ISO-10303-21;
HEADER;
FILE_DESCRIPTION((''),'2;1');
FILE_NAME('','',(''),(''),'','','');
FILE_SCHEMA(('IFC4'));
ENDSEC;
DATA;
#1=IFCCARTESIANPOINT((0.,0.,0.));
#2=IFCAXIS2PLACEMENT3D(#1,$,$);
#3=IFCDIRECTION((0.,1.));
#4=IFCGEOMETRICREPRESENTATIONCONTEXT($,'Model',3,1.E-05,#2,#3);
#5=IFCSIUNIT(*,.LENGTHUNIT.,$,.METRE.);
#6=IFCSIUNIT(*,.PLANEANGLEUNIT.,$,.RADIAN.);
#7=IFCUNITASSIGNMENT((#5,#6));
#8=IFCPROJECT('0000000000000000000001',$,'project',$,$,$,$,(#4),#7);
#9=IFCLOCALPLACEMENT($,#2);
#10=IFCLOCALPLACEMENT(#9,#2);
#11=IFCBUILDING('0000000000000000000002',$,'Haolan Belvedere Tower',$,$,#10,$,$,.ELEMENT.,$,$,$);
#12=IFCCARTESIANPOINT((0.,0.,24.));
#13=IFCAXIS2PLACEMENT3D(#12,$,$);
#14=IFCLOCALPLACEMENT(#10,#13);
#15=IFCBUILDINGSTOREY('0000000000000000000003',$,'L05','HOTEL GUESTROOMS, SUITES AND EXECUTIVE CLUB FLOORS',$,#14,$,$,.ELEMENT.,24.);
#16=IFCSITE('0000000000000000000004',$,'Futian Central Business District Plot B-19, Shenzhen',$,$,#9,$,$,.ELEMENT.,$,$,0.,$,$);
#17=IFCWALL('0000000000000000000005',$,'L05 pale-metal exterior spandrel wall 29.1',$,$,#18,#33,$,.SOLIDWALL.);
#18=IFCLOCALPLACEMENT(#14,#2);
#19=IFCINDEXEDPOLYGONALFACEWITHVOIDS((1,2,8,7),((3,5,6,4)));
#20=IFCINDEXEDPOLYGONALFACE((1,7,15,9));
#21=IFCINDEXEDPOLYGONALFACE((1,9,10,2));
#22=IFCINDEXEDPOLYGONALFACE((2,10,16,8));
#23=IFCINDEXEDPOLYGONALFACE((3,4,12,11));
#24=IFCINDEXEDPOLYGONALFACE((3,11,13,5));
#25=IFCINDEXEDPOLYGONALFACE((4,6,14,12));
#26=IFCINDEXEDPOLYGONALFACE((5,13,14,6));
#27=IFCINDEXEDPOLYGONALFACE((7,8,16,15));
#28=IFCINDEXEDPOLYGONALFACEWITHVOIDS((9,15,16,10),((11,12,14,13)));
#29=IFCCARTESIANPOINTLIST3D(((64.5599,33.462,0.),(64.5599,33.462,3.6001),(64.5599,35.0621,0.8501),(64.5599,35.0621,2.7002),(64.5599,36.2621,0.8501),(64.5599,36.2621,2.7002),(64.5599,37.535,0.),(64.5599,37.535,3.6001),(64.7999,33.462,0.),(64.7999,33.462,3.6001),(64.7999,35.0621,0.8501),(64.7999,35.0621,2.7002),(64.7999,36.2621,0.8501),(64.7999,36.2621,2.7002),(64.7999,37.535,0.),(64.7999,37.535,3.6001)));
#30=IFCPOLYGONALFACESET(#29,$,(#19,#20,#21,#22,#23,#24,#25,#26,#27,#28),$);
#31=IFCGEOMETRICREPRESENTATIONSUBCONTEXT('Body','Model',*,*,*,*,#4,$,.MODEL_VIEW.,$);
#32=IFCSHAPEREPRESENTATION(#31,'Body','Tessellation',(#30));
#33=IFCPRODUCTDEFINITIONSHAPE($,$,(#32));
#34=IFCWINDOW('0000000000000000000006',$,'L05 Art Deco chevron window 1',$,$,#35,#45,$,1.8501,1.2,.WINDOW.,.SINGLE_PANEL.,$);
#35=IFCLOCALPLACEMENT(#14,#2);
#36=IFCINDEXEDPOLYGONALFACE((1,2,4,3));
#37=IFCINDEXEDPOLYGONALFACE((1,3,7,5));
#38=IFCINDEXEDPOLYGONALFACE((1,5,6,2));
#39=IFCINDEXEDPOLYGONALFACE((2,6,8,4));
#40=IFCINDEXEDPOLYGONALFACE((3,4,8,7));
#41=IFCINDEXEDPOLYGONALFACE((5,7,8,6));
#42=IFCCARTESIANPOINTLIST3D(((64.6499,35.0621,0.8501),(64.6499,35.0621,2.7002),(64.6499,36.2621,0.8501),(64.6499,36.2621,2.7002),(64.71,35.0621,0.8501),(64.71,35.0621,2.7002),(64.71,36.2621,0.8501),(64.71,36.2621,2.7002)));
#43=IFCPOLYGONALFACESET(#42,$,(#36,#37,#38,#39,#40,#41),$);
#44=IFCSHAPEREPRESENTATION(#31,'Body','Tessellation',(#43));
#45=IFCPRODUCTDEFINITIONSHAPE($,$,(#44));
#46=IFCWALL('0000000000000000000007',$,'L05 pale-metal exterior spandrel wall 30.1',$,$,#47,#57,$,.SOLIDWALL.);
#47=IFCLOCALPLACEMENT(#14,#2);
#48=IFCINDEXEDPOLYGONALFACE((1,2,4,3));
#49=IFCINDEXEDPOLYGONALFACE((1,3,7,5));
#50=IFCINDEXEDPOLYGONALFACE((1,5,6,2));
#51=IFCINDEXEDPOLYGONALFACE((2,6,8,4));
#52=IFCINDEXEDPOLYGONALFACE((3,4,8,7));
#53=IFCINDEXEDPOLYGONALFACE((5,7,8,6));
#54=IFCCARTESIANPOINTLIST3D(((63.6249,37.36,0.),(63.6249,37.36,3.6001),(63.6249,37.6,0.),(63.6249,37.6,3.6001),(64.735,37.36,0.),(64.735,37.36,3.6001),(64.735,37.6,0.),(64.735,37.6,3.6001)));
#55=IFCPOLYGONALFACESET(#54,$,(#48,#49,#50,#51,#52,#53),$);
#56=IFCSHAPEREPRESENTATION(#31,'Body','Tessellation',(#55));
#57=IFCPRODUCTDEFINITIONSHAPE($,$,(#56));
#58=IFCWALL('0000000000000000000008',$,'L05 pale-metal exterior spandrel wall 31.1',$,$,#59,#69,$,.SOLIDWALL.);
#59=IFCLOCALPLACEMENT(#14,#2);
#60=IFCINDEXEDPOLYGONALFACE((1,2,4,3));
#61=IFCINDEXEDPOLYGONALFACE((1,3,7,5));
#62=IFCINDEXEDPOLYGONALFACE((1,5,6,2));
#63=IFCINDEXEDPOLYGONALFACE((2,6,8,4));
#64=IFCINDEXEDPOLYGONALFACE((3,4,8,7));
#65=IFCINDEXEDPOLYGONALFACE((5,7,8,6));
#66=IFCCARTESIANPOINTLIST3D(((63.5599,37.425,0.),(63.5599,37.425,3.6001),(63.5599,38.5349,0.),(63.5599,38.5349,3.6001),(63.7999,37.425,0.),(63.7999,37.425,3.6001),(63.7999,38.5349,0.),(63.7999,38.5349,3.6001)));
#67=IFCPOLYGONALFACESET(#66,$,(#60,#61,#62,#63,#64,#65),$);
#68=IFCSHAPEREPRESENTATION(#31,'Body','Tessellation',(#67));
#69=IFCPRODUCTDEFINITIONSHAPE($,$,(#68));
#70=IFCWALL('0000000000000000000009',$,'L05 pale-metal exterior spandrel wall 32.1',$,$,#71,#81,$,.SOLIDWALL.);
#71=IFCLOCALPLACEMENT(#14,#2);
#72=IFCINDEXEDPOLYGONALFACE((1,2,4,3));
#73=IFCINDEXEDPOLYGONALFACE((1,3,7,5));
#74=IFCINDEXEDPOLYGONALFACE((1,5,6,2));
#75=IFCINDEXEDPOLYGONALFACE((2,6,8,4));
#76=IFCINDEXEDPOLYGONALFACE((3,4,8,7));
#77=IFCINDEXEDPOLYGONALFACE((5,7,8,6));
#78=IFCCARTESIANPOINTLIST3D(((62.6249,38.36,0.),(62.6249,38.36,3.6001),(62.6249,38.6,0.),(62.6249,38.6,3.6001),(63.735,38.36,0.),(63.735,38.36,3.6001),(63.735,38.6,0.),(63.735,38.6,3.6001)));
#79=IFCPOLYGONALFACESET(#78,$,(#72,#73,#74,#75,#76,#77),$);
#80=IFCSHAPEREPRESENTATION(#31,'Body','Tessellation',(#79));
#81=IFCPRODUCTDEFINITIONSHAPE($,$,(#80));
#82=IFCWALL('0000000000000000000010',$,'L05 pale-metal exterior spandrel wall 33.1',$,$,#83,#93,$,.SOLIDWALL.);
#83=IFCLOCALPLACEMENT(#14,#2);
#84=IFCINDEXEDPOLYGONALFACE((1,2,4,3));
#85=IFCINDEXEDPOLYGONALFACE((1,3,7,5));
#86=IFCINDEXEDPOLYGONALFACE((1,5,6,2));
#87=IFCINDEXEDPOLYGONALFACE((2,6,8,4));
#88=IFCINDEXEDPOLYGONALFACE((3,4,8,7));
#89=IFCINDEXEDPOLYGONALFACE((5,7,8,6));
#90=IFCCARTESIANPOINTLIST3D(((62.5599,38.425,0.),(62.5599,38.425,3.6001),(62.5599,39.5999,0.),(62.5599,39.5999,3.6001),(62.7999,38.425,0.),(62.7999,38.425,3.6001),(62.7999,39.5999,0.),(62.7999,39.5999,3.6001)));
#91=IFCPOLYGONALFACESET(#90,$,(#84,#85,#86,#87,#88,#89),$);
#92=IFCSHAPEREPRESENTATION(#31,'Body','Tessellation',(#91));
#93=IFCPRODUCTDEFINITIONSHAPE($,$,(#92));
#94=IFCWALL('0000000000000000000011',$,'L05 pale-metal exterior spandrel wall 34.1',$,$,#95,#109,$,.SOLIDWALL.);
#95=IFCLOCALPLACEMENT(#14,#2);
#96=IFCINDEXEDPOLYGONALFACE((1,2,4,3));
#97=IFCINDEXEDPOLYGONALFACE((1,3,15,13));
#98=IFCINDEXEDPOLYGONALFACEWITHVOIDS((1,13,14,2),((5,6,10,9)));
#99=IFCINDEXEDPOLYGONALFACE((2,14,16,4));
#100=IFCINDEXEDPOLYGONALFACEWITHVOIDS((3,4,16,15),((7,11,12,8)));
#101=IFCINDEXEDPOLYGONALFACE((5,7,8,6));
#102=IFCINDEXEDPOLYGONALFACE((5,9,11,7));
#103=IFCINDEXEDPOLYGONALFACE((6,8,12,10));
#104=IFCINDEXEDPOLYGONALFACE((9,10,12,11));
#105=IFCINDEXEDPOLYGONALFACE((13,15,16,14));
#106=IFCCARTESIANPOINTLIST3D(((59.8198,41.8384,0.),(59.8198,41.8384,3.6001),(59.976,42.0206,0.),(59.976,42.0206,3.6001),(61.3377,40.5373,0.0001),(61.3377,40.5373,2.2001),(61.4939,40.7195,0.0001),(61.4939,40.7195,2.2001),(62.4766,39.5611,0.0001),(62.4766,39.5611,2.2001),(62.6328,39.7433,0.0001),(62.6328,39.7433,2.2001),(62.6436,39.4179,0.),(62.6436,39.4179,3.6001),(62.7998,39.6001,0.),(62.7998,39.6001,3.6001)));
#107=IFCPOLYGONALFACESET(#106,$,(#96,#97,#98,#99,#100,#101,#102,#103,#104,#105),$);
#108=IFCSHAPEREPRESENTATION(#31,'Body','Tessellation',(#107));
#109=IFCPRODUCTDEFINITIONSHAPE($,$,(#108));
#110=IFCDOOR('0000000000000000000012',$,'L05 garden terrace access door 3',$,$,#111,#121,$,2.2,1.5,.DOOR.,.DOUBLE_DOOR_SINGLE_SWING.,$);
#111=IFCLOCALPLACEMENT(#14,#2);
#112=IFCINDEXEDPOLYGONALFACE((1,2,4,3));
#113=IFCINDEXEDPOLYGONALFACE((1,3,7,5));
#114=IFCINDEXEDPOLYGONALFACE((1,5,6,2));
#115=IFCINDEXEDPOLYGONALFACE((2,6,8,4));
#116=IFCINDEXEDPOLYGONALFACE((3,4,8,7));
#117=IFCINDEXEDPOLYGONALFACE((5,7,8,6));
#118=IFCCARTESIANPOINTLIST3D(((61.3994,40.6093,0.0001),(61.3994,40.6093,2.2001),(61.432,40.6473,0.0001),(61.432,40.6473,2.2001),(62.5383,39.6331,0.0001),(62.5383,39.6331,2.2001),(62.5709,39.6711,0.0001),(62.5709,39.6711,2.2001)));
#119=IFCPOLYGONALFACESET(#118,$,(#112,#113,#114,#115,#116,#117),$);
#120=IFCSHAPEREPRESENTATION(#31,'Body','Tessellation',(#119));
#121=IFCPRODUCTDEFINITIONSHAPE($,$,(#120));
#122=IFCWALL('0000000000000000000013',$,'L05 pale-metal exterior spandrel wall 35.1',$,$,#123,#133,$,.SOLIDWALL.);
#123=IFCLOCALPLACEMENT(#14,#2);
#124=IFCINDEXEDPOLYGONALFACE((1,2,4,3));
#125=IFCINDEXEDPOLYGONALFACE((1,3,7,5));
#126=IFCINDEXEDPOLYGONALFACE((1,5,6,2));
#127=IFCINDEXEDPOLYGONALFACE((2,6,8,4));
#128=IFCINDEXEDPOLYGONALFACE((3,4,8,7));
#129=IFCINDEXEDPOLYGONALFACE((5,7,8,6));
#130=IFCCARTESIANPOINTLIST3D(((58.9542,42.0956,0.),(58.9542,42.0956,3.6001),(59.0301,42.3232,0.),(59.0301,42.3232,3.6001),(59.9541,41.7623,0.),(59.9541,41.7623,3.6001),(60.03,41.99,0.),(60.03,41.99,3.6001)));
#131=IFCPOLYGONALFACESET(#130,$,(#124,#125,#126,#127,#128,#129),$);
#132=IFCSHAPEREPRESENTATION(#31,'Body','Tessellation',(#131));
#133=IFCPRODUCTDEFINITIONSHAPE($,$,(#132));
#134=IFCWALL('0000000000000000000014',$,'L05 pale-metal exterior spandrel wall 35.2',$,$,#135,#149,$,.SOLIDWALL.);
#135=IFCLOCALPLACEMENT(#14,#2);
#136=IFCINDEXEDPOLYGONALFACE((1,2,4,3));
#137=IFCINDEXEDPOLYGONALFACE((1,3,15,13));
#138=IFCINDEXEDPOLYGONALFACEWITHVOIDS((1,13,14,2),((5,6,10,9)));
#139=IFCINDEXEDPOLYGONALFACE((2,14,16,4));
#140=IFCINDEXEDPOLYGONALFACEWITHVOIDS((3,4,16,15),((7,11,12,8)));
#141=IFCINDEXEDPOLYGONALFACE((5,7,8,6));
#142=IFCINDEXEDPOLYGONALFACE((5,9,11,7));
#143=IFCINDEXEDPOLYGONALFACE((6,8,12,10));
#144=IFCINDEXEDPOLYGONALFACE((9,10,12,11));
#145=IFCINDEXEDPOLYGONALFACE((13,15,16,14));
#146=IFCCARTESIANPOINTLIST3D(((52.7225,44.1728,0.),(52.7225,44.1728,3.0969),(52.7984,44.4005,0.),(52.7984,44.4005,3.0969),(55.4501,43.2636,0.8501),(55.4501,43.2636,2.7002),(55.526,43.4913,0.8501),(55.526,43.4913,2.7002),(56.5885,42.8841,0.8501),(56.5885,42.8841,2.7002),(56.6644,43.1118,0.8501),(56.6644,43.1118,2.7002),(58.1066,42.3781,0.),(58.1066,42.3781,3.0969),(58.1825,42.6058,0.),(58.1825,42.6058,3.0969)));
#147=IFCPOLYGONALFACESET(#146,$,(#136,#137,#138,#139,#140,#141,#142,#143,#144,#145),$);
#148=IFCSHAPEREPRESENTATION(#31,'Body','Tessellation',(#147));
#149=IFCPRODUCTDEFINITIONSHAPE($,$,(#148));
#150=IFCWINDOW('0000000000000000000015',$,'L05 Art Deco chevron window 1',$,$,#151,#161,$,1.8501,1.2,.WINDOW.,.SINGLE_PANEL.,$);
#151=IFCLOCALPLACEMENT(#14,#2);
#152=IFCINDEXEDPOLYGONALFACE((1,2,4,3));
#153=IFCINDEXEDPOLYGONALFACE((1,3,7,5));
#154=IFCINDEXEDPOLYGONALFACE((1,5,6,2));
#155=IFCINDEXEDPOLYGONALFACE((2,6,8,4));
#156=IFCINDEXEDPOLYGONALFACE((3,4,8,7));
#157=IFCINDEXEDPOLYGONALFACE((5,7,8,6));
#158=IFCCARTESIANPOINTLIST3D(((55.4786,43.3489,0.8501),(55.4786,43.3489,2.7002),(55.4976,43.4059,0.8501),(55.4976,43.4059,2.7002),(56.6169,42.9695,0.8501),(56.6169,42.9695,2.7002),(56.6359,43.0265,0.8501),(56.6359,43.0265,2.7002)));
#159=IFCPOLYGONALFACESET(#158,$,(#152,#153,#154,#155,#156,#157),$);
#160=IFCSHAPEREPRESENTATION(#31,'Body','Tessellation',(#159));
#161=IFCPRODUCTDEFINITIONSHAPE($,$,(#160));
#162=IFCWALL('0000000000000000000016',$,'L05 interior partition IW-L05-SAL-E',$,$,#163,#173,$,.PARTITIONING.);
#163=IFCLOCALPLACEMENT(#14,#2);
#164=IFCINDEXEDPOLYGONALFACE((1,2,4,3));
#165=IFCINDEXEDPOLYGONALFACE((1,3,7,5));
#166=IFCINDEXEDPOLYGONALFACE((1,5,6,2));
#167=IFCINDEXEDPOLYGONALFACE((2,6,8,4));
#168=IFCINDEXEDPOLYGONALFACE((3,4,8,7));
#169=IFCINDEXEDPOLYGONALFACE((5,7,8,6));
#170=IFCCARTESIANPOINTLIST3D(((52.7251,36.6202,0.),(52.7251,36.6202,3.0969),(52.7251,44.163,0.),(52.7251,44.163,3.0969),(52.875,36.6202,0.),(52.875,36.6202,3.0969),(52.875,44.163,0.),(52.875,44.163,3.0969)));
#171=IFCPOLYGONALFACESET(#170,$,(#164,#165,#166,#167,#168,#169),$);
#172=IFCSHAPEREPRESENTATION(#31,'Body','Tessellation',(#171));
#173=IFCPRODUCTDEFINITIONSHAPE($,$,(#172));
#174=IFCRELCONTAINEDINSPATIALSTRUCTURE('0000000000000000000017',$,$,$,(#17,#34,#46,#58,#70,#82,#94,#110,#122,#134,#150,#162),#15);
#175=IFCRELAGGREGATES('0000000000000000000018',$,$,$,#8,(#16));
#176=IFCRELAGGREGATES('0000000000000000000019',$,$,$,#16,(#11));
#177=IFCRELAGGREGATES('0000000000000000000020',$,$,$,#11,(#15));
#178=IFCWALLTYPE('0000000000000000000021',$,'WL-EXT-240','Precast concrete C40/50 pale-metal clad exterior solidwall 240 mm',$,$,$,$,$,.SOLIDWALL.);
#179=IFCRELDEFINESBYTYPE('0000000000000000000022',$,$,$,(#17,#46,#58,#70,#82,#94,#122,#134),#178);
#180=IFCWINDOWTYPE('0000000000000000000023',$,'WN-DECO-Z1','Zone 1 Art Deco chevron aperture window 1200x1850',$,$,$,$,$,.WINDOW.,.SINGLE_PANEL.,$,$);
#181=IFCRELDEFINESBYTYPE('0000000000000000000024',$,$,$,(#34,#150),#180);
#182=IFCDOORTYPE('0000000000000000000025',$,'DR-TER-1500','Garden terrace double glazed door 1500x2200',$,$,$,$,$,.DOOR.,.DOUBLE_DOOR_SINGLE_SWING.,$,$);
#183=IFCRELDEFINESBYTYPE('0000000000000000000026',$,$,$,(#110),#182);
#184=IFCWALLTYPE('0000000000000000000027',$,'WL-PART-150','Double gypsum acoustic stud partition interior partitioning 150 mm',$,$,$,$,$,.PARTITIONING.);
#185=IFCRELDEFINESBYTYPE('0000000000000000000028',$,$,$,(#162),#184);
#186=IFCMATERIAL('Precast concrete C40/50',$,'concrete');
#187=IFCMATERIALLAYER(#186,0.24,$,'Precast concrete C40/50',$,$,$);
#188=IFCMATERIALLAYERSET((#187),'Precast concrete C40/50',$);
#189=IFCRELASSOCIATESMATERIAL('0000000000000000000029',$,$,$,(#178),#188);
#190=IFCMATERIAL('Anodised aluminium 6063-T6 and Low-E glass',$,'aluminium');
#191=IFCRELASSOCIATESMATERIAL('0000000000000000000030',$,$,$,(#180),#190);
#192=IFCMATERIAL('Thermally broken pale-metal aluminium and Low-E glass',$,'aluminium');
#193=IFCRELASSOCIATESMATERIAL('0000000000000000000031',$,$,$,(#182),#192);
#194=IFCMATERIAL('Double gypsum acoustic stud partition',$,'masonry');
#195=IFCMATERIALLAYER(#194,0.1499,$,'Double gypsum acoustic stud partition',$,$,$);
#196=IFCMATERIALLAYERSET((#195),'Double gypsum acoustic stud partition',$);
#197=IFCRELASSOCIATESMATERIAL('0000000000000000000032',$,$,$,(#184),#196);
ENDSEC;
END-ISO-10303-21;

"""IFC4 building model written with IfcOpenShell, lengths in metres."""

from ifc_helpers import new_model, si_unit, direction, frame, frame_2d, origin, place, context, subcontext, project, spatial, rectangle, extrude, material, layer, layer_set, type_object, element, fill, save


model = new_model("IFC4")

# Units and contexts
model_context = context("Model", 3, precision=1e-05, world=origin(), true_north=direction((0.0, 1.0)))
body_context = subcontext(model_context, "Body", "Model", "MODEL_VIEW")
ifc_project = project(units=[si_unit("LENGTHUNIT", "METRE"), si_unit("PLANEANGLEUNIT", "RADIAN")], contexts=[model_context])

# Site, building, storey
site_placement = place(None, origin())
site = spatial("IfcSite", under=ifc_project, at=site_placement, Name="Futian Central Business District Plot B-19, Shenzhen", CompositionType="ELEMENT", RefElevation=0.0)
building_placement = place(site_placement, origin())
building = spatial("IfcBuilding", under=site, at=building_placement, Name="Haolan Belvedere Tower", CompositionType="ELEMENT")
storey_placement = place(building_placement, frame((0.0, 0.0, 24.0)))
storey = spatial("IfcBuildingStorey", under=building, at=storey_placement, Name="L05", Description="HOTEL GUESTROOMS, SUITES AND EXECUTIVE CLUB FLOORS", CompositionType="ELEMENT", Elevation=24.0)

# Wall, opening, window
ifc_material_1 = material(Name="Precast concrete C40/50", Category="concrete")
ifc_layer_1 = layer(ifc_material_1, 0.24, Name="Precast concrete C40/50")
ifc_layer_set_1 = layer_set([ifc_layer_1], Name="Precast concrete C40/50")
wall_type_1 = type_object("IfcWallType", Name="WL-EXT-240", Description="Precast concrete C40/50 pale-metal clad exterior solidwall 240 mm", PredefinedType="SOLIDWALL", material=ifc_layer_set_1)
wall_1_placement = place(storey_placement, frame((64.6799, 33.4619, 0.0), z_axis=(0.0, 0.0, 1.0), x_axis=(0.0, 1.0, 0.0)))
wall_1 = element("IfcWall", 1, at=wall_1_placement, inside=storey, type_object=wall_type_1, Name="L05 pale-metal exterior spandrel wall 29.1", PredefinedType="SOLIDWALL", context=body_context, shape_type="SweptSolid", body=[
    extrude(rectangle(XDim=4.073, YDim=0.24, at=frame_2d((2.0366, 0.0))), origin(), (0.0, 0.0, 1.0), 3.6001),
])
opening_1_placement = place(wall_1_placement, frame((1.6001, 0.0, 0.8501)))
opening_1 = element("IfcOpeningElement", 2, at=opening_1_placement, cuts=wall_1, PredefinedType="OPENING", context=body_context, shape_type="SweptSolid", body=[
    extrude(rectangle(XDim=1.2, YDim=1.8501, at=frame_2d((0.6001, 0.925))), frame((0.0, 0.1299, 0.0), z_axis=(0.0, -1.0, 0.0), x_axis=(1.0, 0.0, 0.0)), (0.0, 0.0, 1.0), 0.26),
])
ifc_material_2 = material(Name="Anodised aluminium 6063-T6 and Low-E glass", Category="aluminium")
window_type = type_object("IfcWindowType", Name="WN-DECO-Z1", Description="Zone 1 Art Deco chevron aperture window 1200x1850", PartitioningType="SINGLE_PANEL", PredefinedType="WINDOW", material=ifc_material_2)
window_1_placement = place(opening_1_placement, origin())
window_1 = element("IfcWindow", 3, at=window_1_placement, inside=storey, type_object=window_type, Name="L05 Art Deco chevron window 1", OverallHeight=1.8501, OverallWidth=1.2, PartitioningType="SINGLE_PANEL", PredefinedType="WINDOW", context=body_context, shape_type="SweptSolid", body=[
    extrude(rectangle(XDim=1.2, YDim=1.8501, at=frame_2d((0.6001, 0.925))), frame((0.0, 0.03, 0.0), z_axis=(0.0, -1.0, 0.0), x_axis=(1.0, 0.0, 0.0)), (0.0, 0.0, 1.0), 0.0601),
])
fill(opening_1, window_1)

# Walls
wall_2_placement = place(storey_placement, frame((64.7351, 37.48, 0.0), z_axis=(0.0, 0.0, 1.0), x_axis=(-1.0, 0.0, 0.0)))
element("IfcWall", 4, at=wall_2_placement, inside=storey, type_object=wall_type_1, Name="L05 pale-metal exterior spandrel wall 30.1", PredefinedType="SOLIDWALL", context=body_context, shape_type="SweptSolid", body=[
    extrude(rectangle(XDim=1.1101, YDim=0.24, at=frame_2d((0.5552, 0.0))), origin(), (0.0, 0.0, 1.0), 3.6001),
])
wall_3_placement = place(storey_placement, frame((63.6799, 37.425, 0.0), z_axis=(0.0, 0.0, 1.0), x_axis=(0.0, 1.0, 0.0)))
element("IfcWall", 5, at=wall_3_placement, inside=storey, type_object=wall_type_1, Name="L05 pale-metal exterior spandrel wall 31.1", PredefinedType="SOLIDWALL", context=body_context, shape_type="SweptSolid", body=[
    extrude(rectangle(XDim=1.1099, YDim=0.24, at=frame_2d((0.5549, 0.0))), origin(), (0.0, 0.0, 1.0), 3.6001),
])
wall_4_placement = place(storey_placement, frame((63.7351, 38.48, 0.0), z_axis=(0.0, 0.0, 1.0), x_axis=(-1.0, 0.0, 0.0)))
element("IfcWall", 6, at=wall_4_placement, inside=storey, type_object=wall_type_1, Name="L05 pale-metal exterior spandrel wall 32.1", PredefinedType="SOLIDWALL", context=body_context, shape_type="SweptSolid", body=[
    extrude(rectangle(XDim=1.1101, YDim=0.24, at=frame_2d((0.5552, 0.0))), origin(), (0.0, 0.0, 1.0), 3.6001),
])
wall_5_placement = place(storey_placement, frame((62.6799, 38.425, 0.0), z_axis=(0.0, 0.0, 1.0), x_axis=(0.0, 1.0, 0.0)))
element("IfcWall", 7, at=wall_5_placement, inside=storey, type_object=wall_type_1, Name="L05 pale-metal exterior spandrel wall 33.1", PredefinedType="SOLIDWALL", context=body_context, shape_type="SweptSolid", body=[
    extrude(rectangle(XDim=1.1748, YDim=0.24, at=frame_2d((0.5874, 0.0))), origin(), (0.0, 0.0, 1.0), 3.6001),
])

# Wall, opening, door
wall_6_placement = place(storey_placement, frame((62.7217, 39.509, 0.0), z_axis=(0.0, 0.0, 1.0), x_axis=(-0.759247, 0.650802, 0.0)))
wall_6 = element("IfcWall", 8, at=wall_6_placement, inside=storey, type_object=wall_type_1, Name="L05 pale-metal exterior spandrel wall 34.1", PredefinedType="SOLIDWALL", context=body_context, shape_type="SweptSolid", body=[
    extrude(rectangle(XDim=3.7192, YDim=0.24, at=frame_2d((1.8596, 0.0))), origin(), (0.0, 0.0, 1.0), 3.6001),
])
opening_2_placement = place(wall_6_placement, frame((1.72, 0.0, 0.0), z_axis=(0.0, 0.0, 1.0), x_axis=(-1.0, 0.0, 0.0)))
opening_2 = element("IfcOpeningElement", 9, at=opening_2_placement, cuts=wall_6, PredefinedType="OPENING", context=body_context, shape_type="SweptSolid", body=[
    extrude(rectangle(XDim=1.5, YDim=2.2, at=frame_2d((0.75, 1.1001))), frame((0.0, 0.1299, 0.0), z_axis=(0.0, -1.0, 0.0), x_axis=(1.0, 0.0, 0.0)), (0.0, 0.0, 1.0), 0.26),
])
ifc_material_3 = material(Name="Thermally broken pale-metal aluminium and Low-E glass", Category="aluminium")
door_type_1 = type_object("IfcDoorType", Name="DR-TER-1500", Description="Garden terrace double glazed door 1500x2200", OperationType="DOUBLE_DOOR_SINGLE_SWING", PredefinedType="DOOR", material=ifc_material_3)
door_1_placement = place(opening_2_placement, origin())
door_1 = element("IfcDoor", 10, at=door_1_placement, inside=storey, type_object=door_type_1, Name="L05 garden terrace access door 3", OperationType="DOUBLE_DOOR_SINGLE_SWING", OverallHeight=2.2, OverallWidth=1.5, PredefinedType="DOOR", context=body_context, shape_type="SweptSolid", body=[
    extrude(rectangle(XDim=1.5, YDim=2.2, at=frame_2d((0.75, 1.1001))), frame((0.0, 0.0249, 0.0), z_axis=(0.0, -1.0, 0.0), x_axis=(1.0, 0.0, 0.0)), (0.0, 0.0, 1.0), 0.05),
])
fill(opening_2, door_1)

# Wall
wall_7_placement = place(storey_placement, frame((59.9919, 41.8762, 0.0), z_axis=(0.0, 0.0, 1.0), x_axis=(-0.948706, 0.316158, 0.0)))
element("IfcWall", 11, at=wall_7_placement, inside=storey, type_object=wall_type_1, Name="L05 pale-metal exterior spandrel wall 35.1", PredefinedType="SOLIDWALL", context=body_context, shape_type="SweptSolid", body=[
    extrude(rectangle(XDim=1.054, YDim=0.24, at=frame_2d((0.5269, 0.0))), origin(), (0.0, 0.0, 1.0), 3.6001),
])

# Wall, opening, window
wall_8_placement = place(storey_placement, frame((58.1445, 42.4919, 0.0), z_axis=(0.0, 0.0, 1.0), x_axis=(-0.948683, 0.316228, 0.0)))
wall_8 = element("IfcWall", 12, at=wall_8_placement, inside=storey, type_object=wall_type_1, Name="L05 pale-metal exterior spandrel wall 35.2", PredefinedType="SOLIDWALL", context=body_context, shape_type="SweptSolid", body=[
    extrude(rectangle(XDim=5.6753, YDim=0.24, at=frame_2d((2.8376, 0.0))), origin(), (0.0, 0.0, 1.0), 3.0969),
])
opening_3_placement = place(wall_8_placement, frame((1.6001, 0.0, 0.8501)))
opening_3 = element("IfcOpeningElement", 13, at=opening_3_placement, cuts=wall_8, PredefinedType="OPENING", context=body_context, shape_type="SweptSolid", body=[
    extrude(rectangle(XDim=1.2, YDim=1.8501, at=frame_2d((0.6001, 0.925))), frame((0.0, 0.1299, 0.0), z_axis=(0.0, -1.0, 0.0), x_axis=(1.0, 0.0, 0.0)), (0.0, 0.0, 1.0), 0.26),
])
window_2_placement = place(opening_3_placement, origin())
window_2 = element("IfcWindow", 14, at=window_2_placement, inside=storey, type_object=window_type, Name="L05 Art Deco chevron window 1", OverallHeight=1.8501, OverallWidth=1.2, PartitioningType="SINGLE_PANEL", PredefinedType="WINDOW", context=body_context, shape_type="SweptSolid", body=[
    extrude(rectangle(XDim=1.2, YDim=1.8501, at=frame_2d((0.6001, 0.925))), frame((0.0, 0.03, 0.0), z_axis=(0.0, -1.0, 0.0), x_axis=(1.0, 0.0, 0.0)), (0.0, 0.0, 1.0), 0.0601),
])
fill(opening_3, window_2)

# Wall
ifc_material_4 = material(Name="Double gypsum acoustic stud partition", Category="masonry")
ifc_layer_2 = layer(ifc_material_4, 0.1499, Name="Double gypsum acoustic stud partition")
ifc_layer_set_2 = layer_set([ifc_layer_2], Name="Double gypsum acoustic stud partition")
wall_type_2 = type_object("IfcWallType", Name="WL-PART-150", Description="Double gypsum acoustic stud partition interior partitioning 150 mm", PredefinedType="PARTITIONING", material=ifc_layer_set_2)
wall_9_placement = place(storey_placement, frame((52.8, 36.6201, 0.0), z_axis=(0.0, 0.0, 1.0), x_axis=(0.0, 1.0, 0.0)))
element("IfcWall", 15, at=wall_9_placement, inside=storey, type_object=wall_type_2, Name="L05 interior partition IW-L05-SAL-E", PredefinedType="PARTITIONING", context=body_context, shape_type="SweptSolid", body=[
    extrude(rectangle(XDim=7.5427, YDim=0.1499, at=frame_2d((3.7715, 0.0))), origin(), (0.0, 0.0, 1.0), 3.0969),
])

save(model, "model.ifc")
